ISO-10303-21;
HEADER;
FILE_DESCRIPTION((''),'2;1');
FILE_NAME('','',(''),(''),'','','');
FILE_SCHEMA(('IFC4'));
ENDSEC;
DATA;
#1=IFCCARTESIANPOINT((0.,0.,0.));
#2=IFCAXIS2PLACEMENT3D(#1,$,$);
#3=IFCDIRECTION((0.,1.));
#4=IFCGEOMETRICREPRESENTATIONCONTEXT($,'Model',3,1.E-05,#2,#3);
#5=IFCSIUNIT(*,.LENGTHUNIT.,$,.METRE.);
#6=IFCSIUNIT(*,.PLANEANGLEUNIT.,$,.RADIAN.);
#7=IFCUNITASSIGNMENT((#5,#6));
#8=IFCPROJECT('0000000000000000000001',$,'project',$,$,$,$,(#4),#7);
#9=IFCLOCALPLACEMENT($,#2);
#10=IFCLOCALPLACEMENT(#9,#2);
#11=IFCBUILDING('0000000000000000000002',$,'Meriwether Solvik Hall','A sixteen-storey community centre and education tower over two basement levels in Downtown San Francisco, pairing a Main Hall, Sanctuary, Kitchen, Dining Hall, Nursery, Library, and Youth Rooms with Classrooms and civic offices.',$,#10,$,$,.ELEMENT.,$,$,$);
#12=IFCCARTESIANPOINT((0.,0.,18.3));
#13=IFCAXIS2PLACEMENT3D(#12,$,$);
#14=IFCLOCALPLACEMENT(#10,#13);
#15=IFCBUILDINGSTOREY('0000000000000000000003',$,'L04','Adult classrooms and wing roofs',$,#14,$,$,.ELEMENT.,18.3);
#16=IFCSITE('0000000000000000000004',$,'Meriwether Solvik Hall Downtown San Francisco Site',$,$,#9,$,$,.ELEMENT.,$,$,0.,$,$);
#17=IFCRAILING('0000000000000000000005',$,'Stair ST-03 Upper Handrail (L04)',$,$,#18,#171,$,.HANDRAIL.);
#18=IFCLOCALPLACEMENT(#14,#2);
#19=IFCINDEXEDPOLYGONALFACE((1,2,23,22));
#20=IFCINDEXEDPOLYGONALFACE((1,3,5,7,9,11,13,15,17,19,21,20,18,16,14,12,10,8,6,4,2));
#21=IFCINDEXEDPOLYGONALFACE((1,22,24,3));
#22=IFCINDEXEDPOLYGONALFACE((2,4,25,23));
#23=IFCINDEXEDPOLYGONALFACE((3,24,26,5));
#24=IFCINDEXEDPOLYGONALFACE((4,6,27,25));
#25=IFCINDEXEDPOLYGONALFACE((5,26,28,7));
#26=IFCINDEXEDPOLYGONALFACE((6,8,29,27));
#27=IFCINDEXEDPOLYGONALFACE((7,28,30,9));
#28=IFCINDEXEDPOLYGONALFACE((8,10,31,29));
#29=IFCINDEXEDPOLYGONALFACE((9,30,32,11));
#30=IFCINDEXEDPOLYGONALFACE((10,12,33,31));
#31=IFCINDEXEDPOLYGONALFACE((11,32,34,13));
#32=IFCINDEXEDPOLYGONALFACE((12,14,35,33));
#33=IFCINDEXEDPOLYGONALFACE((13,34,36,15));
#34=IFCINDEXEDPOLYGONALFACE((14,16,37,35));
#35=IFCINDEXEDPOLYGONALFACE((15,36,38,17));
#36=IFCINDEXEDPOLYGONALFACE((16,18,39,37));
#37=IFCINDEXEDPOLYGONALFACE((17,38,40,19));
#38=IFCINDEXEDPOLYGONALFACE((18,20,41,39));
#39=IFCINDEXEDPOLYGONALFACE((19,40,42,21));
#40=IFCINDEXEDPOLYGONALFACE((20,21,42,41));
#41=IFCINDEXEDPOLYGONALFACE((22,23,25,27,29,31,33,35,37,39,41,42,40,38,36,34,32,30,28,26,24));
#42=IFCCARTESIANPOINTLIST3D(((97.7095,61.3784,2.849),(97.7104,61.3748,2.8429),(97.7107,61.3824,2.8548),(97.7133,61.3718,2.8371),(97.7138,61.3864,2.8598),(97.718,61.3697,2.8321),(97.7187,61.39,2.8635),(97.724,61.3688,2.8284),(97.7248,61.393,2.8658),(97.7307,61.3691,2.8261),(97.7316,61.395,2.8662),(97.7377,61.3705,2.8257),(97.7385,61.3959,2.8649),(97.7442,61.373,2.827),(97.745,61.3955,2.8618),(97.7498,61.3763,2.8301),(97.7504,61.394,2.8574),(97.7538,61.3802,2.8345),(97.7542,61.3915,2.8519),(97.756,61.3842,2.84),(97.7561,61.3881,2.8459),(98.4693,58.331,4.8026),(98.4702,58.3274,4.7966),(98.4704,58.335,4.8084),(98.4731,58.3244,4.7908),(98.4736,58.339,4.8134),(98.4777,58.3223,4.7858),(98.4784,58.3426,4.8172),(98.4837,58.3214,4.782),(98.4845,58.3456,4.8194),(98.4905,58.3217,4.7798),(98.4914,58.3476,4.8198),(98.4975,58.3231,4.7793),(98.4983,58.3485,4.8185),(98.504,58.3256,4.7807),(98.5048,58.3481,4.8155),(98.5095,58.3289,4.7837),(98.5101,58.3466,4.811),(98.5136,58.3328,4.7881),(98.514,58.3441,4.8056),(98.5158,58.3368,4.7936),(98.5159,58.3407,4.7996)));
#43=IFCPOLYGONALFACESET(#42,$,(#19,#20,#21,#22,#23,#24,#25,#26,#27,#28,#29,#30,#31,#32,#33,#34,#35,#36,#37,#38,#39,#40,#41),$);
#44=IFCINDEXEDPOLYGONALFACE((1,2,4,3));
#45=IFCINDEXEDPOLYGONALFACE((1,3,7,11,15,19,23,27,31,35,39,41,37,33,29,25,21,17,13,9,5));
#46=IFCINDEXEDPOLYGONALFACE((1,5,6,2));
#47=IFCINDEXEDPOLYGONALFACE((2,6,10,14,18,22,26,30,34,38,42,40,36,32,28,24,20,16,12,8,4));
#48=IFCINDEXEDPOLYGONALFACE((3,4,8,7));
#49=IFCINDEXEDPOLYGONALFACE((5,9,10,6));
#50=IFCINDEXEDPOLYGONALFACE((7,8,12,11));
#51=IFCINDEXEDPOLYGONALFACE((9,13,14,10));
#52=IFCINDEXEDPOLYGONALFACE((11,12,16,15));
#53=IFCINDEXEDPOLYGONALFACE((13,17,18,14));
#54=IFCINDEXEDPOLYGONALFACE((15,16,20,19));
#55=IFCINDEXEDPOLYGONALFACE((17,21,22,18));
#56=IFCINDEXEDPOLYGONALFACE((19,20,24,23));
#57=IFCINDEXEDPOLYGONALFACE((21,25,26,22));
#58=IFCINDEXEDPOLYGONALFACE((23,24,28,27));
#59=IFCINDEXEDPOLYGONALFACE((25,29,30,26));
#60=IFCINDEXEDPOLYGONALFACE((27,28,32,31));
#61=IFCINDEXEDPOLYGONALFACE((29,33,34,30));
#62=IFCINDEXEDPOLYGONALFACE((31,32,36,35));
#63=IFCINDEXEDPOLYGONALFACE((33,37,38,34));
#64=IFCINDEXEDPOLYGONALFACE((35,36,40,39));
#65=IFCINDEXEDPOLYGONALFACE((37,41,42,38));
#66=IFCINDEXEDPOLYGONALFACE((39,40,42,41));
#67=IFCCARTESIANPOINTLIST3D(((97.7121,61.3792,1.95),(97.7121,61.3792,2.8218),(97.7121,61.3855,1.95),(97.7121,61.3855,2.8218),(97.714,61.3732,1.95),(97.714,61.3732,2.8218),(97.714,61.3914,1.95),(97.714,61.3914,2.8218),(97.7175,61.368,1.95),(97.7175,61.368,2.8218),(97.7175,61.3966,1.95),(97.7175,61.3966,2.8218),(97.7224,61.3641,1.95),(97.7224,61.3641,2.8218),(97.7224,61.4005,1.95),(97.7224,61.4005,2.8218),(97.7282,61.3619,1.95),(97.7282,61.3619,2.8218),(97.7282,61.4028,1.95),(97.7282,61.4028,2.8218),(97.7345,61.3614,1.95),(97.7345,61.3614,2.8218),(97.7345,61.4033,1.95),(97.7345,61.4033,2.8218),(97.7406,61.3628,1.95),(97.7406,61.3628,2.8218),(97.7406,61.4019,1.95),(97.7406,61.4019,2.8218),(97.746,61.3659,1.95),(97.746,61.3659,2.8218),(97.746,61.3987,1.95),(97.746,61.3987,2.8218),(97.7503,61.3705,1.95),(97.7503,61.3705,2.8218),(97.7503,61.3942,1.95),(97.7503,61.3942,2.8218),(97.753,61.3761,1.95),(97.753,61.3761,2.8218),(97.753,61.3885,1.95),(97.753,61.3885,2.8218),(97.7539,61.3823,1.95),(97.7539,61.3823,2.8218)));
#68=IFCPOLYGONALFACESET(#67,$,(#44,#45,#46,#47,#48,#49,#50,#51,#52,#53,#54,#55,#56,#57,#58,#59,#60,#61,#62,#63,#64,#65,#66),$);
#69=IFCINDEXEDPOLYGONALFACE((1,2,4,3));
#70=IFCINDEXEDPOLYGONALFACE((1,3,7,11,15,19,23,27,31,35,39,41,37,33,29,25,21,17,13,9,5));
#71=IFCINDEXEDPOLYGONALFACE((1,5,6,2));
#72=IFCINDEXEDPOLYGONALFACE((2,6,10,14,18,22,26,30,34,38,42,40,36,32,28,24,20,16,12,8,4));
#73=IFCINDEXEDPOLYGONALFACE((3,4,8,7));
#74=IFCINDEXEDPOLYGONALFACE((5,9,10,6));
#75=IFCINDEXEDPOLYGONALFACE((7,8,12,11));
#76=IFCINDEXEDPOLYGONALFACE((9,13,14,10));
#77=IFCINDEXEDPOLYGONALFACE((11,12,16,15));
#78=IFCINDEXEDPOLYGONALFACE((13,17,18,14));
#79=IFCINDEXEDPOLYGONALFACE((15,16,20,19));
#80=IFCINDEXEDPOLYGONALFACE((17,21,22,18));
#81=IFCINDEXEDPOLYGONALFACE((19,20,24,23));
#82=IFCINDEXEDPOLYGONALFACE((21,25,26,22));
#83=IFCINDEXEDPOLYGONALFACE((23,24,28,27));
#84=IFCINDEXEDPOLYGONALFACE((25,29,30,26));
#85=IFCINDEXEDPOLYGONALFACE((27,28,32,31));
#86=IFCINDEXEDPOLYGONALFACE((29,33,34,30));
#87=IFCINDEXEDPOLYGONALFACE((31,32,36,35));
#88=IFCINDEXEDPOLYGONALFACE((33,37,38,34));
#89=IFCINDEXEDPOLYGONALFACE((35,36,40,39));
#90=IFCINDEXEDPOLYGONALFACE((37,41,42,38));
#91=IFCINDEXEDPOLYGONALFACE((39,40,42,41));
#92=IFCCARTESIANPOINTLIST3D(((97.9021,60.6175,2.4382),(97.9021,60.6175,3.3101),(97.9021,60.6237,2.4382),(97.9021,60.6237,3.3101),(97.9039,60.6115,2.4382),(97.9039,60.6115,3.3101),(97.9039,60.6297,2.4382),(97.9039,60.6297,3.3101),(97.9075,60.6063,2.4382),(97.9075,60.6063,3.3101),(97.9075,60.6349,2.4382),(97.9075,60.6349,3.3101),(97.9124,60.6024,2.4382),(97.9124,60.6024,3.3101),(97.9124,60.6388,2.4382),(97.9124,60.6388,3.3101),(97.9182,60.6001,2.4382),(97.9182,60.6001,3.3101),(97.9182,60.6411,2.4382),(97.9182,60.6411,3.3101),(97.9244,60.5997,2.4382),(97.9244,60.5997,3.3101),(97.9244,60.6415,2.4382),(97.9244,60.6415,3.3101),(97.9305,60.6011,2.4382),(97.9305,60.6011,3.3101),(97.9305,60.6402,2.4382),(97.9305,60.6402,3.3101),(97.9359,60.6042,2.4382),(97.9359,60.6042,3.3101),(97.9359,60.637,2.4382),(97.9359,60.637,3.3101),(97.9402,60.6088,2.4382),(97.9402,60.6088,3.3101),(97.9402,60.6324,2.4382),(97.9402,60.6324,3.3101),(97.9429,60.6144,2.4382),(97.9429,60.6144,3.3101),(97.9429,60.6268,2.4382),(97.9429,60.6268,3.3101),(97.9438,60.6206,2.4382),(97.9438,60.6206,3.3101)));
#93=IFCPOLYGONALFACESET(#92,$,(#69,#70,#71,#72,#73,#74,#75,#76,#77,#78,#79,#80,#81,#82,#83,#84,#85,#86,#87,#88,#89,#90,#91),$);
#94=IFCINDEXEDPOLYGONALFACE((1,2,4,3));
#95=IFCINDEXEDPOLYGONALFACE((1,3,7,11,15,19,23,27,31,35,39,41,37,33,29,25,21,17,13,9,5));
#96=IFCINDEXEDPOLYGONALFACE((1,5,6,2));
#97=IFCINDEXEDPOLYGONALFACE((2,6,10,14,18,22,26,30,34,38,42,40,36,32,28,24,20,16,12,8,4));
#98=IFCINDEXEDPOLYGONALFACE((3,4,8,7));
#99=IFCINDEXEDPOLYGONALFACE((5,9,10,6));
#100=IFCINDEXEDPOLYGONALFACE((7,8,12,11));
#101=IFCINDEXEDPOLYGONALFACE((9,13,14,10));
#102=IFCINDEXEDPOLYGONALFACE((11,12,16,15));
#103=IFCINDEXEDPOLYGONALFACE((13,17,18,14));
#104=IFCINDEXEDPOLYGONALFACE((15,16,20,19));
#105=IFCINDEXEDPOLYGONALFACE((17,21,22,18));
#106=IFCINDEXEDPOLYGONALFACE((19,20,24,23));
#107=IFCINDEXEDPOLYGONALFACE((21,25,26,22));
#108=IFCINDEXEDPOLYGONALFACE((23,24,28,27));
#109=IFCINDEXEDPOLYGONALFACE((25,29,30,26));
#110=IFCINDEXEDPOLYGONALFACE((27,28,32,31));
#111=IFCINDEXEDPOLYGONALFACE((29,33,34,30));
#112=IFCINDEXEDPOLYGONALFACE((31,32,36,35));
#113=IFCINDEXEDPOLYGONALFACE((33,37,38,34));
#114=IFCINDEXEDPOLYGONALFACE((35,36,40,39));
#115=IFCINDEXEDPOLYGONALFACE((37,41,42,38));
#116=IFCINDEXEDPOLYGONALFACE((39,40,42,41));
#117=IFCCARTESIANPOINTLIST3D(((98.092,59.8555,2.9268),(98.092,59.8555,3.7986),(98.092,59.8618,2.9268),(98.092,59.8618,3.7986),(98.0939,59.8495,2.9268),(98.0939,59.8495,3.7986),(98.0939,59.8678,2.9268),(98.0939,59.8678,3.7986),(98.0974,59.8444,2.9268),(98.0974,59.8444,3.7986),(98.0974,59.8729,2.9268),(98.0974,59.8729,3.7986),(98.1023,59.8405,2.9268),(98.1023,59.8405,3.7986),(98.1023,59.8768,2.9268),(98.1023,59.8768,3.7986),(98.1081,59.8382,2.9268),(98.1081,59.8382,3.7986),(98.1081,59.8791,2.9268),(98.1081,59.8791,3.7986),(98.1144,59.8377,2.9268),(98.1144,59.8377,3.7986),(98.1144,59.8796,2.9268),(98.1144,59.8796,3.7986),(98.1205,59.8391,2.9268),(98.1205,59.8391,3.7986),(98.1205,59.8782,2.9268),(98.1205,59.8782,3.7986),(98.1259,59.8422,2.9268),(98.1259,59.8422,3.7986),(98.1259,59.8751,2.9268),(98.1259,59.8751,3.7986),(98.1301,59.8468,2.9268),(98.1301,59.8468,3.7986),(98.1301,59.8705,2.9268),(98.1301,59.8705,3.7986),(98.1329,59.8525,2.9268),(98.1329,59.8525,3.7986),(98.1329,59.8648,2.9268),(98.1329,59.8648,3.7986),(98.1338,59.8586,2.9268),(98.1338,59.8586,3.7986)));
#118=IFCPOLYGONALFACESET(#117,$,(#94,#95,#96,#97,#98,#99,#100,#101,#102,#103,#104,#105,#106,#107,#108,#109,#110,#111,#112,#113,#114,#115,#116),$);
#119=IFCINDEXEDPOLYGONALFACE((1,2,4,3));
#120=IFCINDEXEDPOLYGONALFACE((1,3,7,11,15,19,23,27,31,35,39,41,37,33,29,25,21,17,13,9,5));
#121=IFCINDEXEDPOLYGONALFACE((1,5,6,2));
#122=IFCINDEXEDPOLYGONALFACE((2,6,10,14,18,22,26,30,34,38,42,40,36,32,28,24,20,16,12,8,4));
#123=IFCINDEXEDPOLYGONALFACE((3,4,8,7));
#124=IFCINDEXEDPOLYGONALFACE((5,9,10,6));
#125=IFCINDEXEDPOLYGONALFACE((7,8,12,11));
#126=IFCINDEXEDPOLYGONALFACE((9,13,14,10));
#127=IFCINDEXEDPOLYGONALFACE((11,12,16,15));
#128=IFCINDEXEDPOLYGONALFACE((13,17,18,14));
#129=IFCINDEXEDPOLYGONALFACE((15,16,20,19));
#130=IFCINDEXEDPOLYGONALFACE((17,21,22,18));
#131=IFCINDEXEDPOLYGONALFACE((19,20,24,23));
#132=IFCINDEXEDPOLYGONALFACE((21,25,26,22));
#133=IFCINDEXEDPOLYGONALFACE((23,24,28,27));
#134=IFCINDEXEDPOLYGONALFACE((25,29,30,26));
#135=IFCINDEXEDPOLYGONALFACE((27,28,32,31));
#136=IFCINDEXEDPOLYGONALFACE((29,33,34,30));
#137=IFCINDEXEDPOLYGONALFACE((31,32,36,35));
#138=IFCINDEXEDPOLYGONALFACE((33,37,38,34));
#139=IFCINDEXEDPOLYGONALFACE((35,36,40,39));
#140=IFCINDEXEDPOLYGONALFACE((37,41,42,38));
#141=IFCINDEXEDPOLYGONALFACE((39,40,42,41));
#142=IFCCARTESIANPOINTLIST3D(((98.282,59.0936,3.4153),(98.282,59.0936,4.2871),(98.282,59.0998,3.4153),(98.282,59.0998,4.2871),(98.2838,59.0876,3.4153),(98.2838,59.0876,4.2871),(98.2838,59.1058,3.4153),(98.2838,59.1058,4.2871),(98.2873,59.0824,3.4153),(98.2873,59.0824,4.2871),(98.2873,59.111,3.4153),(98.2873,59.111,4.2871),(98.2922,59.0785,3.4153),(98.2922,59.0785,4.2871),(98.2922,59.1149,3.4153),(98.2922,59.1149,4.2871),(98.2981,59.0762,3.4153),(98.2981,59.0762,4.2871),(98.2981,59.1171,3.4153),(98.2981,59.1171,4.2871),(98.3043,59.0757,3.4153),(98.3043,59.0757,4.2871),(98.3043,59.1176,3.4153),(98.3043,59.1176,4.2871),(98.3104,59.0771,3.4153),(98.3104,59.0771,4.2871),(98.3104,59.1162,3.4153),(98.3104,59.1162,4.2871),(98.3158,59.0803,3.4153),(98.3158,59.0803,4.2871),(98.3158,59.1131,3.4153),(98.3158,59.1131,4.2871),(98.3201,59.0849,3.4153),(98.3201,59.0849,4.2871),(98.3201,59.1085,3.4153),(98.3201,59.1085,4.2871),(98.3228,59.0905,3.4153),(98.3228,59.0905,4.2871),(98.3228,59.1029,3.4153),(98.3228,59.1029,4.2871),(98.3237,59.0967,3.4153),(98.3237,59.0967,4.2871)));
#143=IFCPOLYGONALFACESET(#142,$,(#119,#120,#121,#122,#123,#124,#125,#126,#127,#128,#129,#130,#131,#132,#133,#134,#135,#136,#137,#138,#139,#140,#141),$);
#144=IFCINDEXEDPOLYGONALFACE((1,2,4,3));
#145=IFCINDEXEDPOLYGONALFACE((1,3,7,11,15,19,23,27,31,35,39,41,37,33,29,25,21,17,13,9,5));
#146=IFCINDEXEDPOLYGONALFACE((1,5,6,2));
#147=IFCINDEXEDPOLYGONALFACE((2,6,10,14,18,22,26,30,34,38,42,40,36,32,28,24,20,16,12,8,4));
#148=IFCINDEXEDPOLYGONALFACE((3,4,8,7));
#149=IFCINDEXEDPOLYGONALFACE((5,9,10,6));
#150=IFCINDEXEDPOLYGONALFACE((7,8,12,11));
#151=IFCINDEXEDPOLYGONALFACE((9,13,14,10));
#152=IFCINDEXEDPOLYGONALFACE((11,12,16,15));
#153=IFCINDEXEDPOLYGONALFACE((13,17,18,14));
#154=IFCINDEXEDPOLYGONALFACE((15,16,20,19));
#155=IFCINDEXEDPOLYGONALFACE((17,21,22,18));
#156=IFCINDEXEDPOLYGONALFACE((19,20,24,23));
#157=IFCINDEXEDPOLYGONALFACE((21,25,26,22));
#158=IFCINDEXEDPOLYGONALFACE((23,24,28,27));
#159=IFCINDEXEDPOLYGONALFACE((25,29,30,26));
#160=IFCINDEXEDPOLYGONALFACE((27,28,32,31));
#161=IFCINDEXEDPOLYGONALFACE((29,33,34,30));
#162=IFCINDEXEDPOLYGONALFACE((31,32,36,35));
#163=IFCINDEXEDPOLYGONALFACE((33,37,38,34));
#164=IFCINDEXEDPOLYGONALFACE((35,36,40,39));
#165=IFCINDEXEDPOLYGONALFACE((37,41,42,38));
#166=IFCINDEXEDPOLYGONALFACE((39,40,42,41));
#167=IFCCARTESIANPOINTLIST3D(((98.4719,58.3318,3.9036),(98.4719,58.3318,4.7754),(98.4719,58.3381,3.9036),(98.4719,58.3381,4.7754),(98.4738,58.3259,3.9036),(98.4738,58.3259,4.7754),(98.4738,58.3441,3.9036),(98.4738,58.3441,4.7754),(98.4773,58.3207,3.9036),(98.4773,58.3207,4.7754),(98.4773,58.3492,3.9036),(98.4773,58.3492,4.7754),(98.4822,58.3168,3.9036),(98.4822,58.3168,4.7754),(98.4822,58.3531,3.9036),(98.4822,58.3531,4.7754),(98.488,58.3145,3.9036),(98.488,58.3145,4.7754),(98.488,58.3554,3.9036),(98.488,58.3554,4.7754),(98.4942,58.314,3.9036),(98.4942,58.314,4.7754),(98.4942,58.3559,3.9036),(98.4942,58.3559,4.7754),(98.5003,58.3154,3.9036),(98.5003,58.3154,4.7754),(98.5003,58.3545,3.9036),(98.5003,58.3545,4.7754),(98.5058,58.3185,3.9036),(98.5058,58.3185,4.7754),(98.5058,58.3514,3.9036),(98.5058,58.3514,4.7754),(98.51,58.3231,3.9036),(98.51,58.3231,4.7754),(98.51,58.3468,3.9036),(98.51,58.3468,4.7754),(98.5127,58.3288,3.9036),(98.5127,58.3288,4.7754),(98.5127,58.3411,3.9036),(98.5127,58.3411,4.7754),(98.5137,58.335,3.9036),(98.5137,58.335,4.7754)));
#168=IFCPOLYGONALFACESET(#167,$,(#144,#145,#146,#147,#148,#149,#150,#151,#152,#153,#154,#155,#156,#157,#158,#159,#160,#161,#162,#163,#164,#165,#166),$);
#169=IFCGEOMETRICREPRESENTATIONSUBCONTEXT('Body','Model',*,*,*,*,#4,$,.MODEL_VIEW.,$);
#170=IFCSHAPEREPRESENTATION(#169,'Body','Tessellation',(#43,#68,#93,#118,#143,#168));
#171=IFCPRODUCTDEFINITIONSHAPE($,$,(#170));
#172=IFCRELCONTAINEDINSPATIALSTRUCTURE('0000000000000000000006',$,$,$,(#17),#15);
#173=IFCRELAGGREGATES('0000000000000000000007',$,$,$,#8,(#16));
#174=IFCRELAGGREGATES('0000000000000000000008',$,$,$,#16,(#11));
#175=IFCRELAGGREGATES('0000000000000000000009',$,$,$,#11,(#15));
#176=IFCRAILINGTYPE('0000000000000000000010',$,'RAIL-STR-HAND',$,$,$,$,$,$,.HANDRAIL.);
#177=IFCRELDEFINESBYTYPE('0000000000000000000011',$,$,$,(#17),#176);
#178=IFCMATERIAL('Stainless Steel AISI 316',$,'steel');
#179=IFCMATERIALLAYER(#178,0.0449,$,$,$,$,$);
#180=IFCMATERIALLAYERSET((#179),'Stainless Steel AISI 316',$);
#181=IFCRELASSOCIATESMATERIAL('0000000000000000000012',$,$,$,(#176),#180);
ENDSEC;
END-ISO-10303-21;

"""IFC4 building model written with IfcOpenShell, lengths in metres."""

from ifc_helpers import new_model, si_unit, direction, frame, origin, origin_2d, place, context, subcontext, project, spatial, circle, extrude, material, layer, layer_set, type_object, element, save


model = new_model("IFC4")

# Units and contexts
model_context = context("Model", 3, precision=1e-05, world=origin(), true_north=direction((0.0, 1.0)))
body_context = subcontext(model_context, "Body", "Model", "MODEL_VIEW")
ifc_project = project(units=[si_unit("LENGTHUNIT", "METRE"), si_unit("PLANEANGLEUNIT", "RADIAN")], contexts=[model_context])

# Site, building, storey
site_placement = place(None, origin())
site = spatial("IfcSite", under=ifc_project, at=site_placement, Name="Meriwether Solvik Hall Downtown San Francisco Site", CompositionType="ELEMENT", RefElevation=0.0)
building_placement = place(site_placement, origin())
building = spatial("IfcBuilding", under=site, at=building_placement, Name="Meriwether Solvik Hall", Description="A sixteen-storey community centre and education tower over two basement levels in Downtown San Francisco, pairing a Main Hall, Sanctuary, Kitchen, Dining Hall, Nursery, Library, and Youth Rooms with Classrooms and civic offices.", CompositionType="ELEMENT")
storey_placement = place(building_placement, frame((0.0, 0.0, 18.3)))
storey = spatial("IfcBuildingStorey", under=building, at=storey_placement, Name="L04", Description="Adult classrooms and wing roofs", CompositionType="ELEMENT", Elevation=18.3)

# Railing
ifc_material_1 = material(Name="Stainless Steel AISI 316", Category="steel")
ifc_layer_1 = layer(ifc_material_1, 0.0449)
ifc_layer_set_1 = layer_set([ifc_layer_1], Name="Stainless Steel AISI 316")
railing_type_1 = type_object("IfcRailingType", Name="RAIL-STR-HAND", PredefinedType="HANDRAIL", material=ifc_layer_set_1)
railing_1_placement = place(storey_placement, frame((97.7329, 61.3823, 1.95)))
element("IfcRailing", 1, at=railing_1_placement, inside=storey, type_object=railing_type_1, Name="Stair ST-03 Upper Handrail (L04)", PredefinedType="HANDRAIL", context=body_context, shape_type="SweptSolid", body=[
    extrude(circle(Radius=0.0239, at=origin_2d()), frame((0.0, 0.0, 0.896), z_axis=(0.205415, -0.823904, 0.528191), x_axis=(0.970298, 0.241914, 0.0)), (0.0, 0.0, 1.0), 3.6987),
    extrude(circle(Radius=0.021, at=origin_2d()), origin(), (0.0, 0.0, 1.0), 0.8718),
    extrude(circle(Radius=0.021, at=origin_2d()), frame((0.1899, -0.7617, 0.4883)), (0.0, 0.0, 1.0), 0.8718),
    extrude(circle(Radius=0.021, at=origin_2d()), frame((0.3799, -1.5237, 0.9768)), (0.0, 0.0, 1.0), 0.8718),
    extrude(circle(Radius=0.021, at=origin_2d()), frame((0.5698, -2.2856, 1.4653)), (0.0, 0.0, 1.0), 0.8718),
    extrude(circle(Radius=0.021, at=origin_2d()), frame((0.7598, -3.0474, 1.9536)), (0.0, 0.0, 1.0), 0.8718),
])

save(model, "model.ifc")
